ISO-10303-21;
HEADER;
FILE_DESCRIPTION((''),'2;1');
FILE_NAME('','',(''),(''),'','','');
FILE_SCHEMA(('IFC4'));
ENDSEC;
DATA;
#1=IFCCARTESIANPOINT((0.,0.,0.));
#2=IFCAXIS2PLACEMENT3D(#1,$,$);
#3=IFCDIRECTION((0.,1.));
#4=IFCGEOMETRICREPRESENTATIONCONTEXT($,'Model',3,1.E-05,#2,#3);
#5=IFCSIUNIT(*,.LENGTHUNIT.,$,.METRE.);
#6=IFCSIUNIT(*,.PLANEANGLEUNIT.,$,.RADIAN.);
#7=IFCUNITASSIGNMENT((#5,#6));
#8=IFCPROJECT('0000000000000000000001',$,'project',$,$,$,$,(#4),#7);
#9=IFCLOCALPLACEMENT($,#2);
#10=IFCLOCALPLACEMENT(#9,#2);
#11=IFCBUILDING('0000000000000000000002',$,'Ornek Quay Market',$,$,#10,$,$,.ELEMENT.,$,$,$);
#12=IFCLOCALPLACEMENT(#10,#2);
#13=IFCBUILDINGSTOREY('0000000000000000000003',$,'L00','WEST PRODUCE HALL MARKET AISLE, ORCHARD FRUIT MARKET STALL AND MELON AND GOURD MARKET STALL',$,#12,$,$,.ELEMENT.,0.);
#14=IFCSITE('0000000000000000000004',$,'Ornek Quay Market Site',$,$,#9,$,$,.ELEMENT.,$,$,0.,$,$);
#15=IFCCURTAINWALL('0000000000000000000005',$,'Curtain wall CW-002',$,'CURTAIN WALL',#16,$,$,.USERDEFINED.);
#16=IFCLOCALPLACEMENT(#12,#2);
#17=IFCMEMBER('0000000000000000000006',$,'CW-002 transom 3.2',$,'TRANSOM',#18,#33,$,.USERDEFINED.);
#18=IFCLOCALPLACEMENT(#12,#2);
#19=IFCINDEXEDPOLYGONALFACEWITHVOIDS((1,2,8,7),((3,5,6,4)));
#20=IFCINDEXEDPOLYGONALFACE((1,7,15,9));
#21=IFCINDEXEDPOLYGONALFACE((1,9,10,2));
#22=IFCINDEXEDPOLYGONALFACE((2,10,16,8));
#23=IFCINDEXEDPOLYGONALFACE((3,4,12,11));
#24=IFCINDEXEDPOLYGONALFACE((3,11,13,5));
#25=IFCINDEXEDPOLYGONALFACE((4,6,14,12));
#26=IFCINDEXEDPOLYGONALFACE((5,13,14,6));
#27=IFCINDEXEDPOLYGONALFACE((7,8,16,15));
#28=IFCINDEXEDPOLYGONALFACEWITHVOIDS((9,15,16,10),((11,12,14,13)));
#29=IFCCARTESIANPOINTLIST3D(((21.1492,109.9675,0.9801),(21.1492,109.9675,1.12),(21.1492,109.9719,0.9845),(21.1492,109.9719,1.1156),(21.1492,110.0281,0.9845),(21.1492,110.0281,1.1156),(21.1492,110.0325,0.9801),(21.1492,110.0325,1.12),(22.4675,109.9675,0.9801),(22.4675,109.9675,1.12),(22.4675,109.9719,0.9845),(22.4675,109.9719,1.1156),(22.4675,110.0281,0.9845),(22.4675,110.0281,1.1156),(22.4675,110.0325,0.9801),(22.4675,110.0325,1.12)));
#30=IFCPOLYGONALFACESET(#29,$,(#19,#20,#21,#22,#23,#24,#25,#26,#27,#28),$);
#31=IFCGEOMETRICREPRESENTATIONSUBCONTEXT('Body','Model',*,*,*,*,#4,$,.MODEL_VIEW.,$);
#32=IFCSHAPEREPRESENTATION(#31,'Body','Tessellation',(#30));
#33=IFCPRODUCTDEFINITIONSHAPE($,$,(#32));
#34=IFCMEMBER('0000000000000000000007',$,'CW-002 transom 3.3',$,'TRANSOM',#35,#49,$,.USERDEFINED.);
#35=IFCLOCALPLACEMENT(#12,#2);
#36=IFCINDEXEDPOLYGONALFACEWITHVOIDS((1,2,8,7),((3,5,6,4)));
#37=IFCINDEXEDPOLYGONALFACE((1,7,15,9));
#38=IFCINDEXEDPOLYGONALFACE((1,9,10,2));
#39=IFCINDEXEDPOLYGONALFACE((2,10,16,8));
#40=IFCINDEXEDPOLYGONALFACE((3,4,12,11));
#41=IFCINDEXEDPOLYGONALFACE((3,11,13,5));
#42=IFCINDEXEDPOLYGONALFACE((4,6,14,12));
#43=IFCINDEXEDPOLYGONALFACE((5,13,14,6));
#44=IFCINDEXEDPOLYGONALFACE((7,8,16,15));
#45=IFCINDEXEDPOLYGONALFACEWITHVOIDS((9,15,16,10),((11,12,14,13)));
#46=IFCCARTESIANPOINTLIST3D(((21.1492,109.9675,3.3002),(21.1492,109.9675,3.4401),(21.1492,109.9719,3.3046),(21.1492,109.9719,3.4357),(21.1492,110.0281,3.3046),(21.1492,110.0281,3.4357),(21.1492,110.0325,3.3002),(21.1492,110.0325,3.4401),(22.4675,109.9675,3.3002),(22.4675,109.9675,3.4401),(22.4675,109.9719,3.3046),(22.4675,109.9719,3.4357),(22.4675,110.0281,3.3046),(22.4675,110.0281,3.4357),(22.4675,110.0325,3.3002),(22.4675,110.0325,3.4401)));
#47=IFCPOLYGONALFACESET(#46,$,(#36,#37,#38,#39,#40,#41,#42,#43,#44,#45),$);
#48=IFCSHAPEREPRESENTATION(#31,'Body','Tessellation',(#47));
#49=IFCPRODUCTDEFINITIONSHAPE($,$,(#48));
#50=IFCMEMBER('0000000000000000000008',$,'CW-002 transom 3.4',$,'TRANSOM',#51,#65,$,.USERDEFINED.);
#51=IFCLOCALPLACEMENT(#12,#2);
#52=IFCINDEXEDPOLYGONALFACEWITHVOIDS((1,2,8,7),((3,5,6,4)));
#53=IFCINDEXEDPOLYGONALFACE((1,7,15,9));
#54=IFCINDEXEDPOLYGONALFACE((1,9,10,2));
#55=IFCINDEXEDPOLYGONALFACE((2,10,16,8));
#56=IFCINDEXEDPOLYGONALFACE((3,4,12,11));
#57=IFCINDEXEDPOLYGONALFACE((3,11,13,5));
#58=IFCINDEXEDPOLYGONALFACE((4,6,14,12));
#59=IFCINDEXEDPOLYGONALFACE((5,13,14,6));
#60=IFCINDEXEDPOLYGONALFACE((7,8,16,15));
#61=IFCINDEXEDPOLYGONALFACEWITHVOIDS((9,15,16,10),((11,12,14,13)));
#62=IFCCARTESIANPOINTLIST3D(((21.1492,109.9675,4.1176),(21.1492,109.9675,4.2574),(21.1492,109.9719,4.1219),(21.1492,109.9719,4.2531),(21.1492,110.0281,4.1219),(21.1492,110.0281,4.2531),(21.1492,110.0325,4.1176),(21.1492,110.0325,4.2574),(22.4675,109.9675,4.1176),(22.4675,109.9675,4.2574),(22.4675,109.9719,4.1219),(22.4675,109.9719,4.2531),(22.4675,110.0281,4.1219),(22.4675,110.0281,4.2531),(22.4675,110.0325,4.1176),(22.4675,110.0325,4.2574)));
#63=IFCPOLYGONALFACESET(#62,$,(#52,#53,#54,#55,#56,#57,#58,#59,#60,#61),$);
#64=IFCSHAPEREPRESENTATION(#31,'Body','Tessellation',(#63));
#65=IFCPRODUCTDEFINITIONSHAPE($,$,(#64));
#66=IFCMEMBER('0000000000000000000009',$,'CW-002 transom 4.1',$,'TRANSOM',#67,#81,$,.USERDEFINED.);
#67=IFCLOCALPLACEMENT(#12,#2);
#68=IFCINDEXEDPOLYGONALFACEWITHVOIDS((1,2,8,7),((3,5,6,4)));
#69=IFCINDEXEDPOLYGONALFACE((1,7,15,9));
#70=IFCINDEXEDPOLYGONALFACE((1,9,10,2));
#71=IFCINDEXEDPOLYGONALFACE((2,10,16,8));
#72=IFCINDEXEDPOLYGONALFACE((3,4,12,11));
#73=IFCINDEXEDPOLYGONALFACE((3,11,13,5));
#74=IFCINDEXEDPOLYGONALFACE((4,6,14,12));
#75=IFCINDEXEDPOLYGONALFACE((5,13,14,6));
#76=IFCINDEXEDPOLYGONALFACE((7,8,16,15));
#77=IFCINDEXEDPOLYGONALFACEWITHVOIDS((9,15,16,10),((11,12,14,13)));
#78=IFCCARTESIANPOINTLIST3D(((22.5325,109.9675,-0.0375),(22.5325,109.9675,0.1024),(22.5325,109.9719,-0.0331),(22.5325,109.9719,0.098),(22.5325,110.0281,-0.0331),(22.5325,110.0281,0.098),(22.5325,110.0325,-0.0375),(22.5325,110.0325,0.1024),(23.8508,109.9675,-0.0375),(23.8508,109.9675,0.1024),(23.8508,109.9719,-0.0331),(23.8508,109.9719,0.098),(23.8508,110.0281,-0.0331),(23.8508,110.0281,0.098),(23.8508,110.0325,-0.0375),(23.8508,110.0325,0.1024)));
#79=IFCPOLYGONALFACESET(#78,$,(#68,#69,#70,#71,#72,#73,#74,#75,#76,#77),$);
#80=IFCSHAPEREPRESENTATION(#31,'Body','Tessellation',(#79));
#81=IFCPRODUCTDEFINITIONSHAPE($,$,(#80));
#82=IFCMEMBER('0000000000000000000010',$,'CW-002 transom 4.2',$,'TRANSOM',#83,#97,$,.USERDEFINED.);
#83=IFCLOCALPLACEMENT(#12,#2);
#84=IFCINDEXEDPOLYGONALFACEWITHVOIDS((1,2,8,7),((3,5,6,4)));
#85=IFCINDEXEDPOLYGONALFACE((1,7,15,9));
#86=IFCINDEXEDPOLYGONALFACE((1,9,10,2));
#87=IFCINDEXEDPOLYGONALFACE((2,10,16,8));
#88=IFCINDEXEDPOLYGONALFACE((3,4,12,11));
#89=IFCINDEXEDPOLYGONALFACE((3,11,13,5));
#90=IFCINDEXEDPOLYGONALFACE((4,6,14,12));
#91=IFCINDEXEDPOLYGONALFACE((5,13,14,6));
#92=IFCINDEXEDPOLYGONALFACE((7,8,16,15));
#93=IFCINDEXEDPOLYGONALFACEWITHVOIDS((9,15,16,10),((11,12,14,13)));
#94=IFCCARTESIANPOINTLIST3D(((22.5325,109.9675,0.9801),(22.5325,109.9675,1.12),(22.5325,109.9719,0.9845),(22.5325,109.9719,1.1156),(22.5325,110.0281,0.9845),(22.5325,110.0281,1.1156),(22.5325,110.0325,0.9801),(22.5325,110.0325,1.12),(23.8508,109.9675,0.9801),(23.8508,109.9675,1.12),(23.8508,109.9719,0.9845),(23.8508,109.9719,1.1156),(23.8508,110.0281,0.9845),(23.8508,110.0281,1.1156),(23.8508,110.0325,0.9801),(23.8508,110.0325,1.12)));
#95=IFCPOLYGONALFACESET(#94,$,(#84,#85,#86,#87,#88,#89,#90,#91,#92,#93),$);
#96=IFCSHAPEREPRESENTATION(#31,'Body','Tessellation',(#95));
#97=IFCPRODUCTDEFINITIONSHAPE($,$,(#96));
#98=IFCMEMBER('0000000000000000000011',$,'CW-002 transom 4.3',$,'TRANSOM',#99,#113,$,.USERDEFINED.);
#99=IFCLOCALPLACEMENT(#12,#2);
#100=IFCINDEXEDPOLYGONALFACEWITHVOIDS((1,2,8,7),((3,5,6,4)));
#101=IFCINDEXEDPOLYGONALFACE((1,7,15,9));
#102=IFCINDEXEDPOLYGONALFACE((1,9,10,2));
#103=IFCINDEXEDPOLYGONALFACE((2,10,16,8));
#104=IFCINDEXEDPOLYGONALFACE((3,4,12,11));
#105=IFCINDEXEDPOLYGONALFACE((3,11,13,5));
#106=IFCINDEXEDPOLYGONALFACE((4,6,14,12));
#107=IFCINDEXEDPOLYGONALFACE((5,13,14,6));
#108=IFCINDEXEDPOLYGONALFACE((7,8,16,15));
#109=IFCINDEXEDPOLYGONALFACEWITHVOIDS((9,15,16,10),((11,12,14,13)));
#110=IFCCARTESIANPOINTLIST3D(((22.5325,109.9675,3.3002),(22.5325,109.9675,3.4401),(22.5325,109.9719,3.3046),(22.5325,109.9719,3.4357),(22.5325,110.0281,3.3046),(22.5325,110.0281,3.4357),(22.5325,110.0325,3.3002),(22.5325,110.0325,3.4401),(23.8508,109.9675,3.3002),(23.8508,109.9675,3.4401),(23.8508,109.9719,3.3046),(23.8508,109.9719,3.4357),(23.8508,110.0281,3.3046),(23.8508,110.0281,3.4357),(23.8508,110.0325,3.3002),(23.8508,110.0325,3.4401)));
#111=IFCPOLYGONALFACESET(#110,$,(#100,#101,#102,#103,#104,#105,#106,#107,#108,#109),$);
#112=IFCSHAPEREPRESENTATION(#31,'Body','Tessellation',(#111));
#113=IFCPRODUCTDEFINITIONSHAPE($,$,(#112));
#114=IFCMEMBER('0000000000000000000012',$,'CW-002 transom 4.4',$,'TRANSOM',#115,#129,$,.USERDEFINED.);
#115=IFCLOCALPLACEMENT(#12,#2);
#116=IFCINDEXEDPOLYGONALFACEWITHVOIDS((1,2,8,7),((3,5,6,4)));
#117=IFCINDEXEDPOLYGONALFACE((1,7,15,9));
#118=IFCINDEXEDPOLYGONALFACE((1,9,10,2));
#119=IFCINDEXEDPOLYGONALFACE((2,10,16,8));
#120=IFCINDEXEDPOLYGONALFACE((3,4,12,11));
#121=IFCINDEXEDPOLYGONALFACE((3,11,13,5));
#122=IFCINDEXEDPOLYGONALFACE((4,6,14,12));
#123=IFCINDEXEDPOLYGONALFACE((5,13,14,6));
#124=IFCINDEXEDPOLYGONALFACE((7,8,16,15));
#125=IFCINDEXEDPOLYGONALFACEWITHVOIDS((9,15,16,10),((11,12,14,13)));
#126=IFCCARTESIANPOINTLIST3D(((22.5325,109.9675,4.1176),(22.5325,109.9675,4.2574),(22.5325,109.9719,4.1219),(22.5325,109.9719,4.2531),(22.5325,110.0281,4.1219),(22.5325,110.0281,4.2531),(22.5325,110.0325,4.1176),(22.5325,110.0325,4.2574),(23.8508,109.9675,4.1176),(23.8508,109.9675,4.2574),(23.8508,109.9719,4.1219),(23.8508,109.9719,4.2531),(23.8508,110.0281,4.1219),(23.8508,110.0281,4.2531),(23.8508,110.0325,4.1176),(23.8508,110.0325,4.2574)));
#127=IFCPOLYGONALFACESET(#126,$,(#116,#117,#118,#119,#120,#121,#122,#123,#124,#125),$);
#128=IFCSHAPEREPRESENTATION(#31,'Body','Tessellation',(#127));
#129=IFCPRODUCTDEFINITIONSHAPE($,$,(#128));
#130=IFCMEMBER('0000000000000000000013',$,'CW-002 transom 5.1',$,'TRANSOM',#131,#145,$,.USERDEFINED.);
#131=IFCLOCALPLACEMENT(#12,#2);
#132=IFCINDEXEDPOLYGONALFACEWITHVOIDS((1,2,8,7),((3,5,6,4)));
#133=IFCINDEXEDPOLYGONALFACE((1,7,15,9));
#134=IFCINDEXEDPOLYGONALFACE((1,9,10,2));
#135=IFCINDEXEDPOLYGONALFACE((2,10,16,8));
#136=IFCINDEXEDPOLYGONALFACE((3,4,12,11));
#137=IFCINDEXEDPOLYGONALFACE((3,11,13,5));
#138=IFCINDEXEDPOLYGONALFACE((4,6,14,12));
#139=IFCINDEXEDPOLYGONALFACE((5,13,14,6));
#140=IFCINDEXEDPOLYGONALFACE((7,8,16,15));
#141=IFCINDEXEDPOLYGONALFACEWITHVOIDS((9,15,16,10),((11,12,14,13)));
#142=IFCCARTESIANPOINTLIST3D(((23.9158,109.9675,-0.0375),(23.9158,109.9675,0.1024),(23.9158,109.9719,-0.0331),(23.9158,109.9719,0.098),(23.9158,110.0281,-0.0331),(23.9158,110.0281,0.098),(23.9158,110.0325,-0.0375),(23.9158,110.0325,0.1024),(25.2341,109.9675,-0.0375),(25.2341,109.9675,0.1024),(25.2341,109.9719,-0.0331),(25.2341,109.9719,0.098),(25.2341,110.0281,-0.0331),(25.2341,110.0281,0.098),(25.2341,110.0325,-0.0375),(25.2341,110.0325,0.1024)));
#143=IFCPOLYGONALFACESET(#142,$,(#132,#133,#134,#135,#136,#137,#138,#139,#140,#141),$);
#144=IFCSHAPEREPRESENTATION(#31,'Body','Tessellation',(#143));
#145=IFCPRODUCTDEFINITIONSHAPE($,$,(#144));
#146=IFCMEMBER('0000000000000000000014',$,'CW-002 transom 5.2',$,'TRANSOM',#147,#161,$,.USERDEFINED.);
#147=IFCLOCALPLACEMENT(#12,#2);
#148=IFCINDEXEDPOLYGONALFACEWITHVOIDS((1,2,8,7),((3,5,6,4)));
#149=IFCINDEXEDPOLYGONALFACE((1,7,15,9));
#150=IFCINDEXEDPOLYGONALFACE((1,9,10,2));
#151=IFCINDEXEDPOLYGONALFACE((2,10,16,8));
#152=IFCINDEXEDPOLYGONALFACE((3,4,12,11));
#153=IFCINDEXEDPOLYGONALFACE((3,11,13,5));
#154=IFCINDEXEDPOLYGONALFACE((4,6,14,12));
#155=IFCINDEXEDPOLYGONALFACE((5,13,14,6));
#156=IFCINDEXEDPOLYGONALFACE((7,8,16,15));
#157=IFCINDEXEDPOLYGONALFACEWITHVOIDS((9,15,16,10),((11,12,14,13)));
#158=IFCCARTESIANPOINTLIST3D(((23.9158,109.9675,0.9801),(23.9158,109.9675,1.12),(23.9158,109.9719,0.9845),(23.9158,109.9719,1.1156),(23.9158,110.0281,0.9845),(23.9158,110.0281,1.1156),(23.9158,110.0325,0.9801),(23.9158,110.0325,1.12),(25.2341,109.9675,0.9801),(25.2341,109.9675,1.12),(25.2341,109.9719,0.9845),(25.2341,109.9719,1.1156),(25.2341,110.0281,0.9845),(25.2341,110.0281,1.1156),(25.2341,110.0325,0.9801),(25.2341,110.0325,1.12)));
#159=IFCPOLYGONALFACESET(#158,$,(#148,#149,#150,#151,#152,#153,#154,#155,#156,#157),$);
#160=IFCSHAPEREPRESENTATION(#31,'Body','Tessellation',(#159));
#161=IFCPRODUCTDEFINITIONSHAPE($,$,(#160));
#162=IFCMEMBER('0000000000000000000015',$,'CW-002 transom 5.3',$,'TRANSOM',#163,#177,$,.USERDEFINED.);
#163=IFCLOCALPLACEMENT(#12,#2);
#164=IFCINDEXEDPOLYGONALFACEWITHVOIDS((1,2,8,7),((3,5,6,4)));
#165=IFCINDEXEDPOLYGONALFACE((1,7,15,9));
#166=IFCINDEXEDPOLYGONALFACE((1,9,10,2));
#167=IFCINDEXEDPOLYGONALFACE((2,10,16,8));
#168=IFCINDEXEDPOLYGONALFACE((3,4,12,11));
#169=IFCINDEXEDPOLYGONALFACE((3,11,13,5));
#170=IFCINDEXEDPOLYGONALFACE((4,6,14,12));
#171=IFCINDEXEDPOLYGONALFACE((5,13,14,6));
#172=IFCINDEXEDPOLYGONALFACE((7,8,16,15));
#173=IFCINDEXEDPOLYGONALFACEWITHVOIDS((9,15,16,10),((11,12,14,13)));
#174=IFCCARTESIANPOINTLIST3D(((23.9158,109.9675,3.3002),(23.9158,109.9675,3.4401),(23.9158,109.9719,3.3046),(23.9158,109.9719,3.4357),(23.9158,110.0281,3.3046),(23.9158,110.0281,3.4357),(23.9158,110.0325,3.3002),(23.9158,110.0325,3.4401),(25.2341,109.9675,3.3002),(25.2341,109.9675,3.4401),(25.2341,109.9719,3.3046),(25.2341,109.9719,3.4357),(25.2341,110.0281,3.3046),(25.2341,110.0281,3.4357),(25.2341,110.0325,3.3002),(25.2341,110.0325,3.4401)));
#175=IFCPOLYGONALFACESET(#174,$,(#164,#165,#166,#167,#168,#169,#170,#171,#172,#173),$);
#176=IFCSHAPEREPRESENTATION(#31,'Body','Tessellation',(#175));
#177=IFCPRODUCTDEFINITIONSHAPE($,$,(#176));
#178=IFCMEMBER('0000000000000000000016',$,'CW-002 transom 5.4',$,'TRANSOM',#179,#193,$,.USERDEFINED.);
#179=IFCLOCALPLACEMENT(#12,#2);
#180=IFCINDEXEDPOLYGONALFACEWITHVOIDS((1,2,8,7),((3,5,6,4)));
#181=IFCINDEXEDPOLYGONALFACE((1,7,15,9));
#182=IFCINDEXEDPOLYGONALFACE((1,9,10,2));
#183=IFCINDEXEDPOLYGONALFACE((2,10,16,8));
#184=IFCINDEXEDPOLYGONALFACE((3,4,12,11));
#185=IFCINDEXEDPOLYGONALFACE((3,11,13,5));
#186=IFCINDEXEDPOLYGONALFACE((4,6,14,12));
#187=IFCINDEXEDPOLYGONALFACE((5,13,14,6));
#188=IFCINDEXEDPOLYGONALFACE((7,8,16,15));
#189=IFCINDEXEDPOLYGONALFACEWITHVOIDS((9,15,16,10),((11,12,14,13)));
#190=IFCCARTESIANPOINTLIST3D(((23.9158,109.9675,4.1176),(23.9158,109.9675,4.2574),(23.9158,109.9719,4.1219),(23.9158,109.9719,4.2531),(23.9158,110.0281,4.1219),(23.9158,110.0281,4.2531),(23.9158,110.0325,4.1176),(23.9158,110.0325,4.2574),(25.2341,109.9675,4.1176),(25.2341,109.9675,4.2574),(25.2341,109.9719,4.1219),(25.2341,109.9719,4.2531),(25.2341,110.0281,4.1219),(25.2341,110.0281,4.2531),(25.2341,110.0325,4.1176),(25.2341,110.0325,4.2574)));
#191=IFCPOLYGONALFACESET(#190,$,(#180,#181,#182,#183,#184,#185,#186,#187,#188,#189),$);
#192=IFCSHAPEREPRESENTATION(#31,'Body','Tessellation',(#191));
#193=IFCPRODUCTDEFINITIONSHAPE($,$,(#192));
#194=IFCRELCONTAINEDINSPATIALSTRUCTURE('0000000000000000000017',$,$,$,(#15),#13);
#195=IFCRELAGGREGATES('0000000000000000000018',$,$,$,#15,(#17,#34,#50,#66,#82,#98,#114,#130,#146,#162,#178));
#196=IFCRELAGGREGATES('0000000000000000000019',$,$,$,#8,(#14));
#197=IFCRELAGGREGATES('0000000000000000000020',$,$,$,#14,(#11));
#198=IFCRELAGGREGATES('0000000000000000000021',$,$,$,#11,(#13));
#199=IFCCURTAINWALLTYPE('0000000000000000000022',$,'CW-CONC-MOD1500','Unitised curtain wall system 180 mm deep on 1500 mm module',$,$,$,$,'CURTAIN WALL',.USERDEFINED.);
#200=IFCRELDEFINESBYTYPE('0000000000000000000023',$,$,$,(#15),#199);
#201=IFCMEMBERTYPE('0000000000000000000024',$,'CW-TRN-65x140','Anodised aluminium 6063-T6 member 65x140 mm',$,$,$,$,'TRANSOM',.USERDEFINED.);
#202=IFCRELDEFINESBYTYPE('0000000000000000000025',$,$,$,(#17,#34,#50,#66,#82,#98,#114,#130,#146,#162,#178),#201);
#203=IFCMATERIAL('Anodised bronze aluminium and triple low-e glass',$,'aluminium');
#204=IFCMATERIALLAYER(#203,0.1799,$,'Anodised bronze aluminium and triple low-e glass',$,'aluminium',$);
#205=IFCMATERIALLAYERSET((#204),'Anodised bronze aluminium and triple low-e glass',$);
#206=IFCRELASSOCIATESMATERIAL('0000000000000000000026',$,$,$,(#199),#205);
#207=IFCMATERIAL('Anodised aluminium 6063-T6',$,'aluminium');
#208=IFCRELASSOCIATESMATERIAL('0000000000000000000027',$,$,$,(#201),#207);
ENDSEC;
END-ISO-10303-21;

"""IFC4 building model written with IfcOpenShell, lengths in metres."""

from ifc_helpers import new_model, si_unit, direction, frame, origin, origin_2d, place, context, subcontext, project, spatial, hollow_rectangle, extrude, material, layer, layer_set, material_profile, profile_set, type_object, element, aggregate, save


model = new_model("IFC4")

# Units and contexts
model_context = context("Model", 3, precision=1e-05, world=origin(), true_north=direction((0.0, 1.0)))
body_context = subcontext(model_context, "Body", "Model", "MODEL_VIEW")
ifc_project = project(units=[si_unit("LENGTHUNIT", "METRE"), si_unit("PLANEANGLEUNIT", "RADIAN")], contexts=[model_context])

# Site, building, storey
site_placement = place(None, origin())
site = spatial("IfcSite", under=ifc_project, at=site_placement, Name="Ornek Quay Market Site", CompositionType="ELEMENT", RefElevation=0.0)
building_placement = place(site_placement, origin())
building = spatial("IfcBuilding", under=site, at=building_placement, Name="Ornek Quay Market", CompositionType="ELEMENT")
storey_placement = place(building_placement, origin())
storey = spatial("IfcBuildingStorey", under=building, at=storey_placement, Name="L00", Description="WEST PRODUCE HALL MARKET AISLE, ORCHARD FRUIT MARKET STALL AND MELON AND GOURD MARKET STALL", CompositionType="ELEMENT", Elevation=0.0)

# Curtain wall, members
ifc_material_1 = material(Name="Anodised bronze aluminium and triple low-e glass", Category="aluminium")
ifc_layer_1 = layer(ifc_material_1, 0.1799, Name="Anodised bronze aluminium and triple low-e glass", Category="aluminium")
ifc_layer_set_1 = layer_set([ifc_layer_1], Name="Anodised bronze aluminium and triple low-e glass")
curtain_wall_type = type_object("IfcCurtainWallType", Name="CW-CONC-MOD1500", Description="Unitised curtain wall system 180 mm deep on 1500 mm module", ElementType="CURTAIN WALL", PredefinedType="USERDEFINED", material=ifc_layer_set_1)
curtain_wall_placement = place(storey_placement, origin())
curtain_wall = element("IfcCurtainWall", 1, at=curtain_wall_placement, inside=storey, type_object=curtain_wall_type, Name="Curtain wall CW-002", ObjectType="CURTAIN WALL", PredefinedType="USERDEFINED")
ifc_material_2 = material(Name="Anodised aluminium 6063-T6", Category="aluminium")
ifc_material_profile_1 = material_profile(ifc_material_2, hollow_rectangle(XDim=0.0649, YDim=0.1399, WallThickness=0.0044, at=origin_2d()), Name="CW-TRN-65x140", Category="aluminium")
ifc_profile_set_1 = profile_set([ifc_material_profile_1], Name="Anodised aluminium 6063-T6")
member_type_1 = type_object("IfcMemberType", Name="CW-TRN-65x140", Description="Anodised aluminium 6063-T6 member 65x140 mm", ElementType="TRANSOM", PredefinedType="USERDEFINED", material=ifc_profile_set_1)
member_1_placement = place(storey_placement, frame((21.1492, 110.0, 1.05), z_axis=(1.0, 0.0, 0.0), x_axis=(0.0, 1.0, 0.0)))
member_1 = element("IfcMember", 2, at=member_1_placement, type_object=member_type_1, Name="CW-002 transom 3.2", ObjectType="TRANSOM", PredefinedType="USERDEFINED", context=body_context, shape_type="SweptSolid", body=[
    extrude(hollow_rectangle(XDim=0.0649, YDim=0.1399, WallThickness=0.0044, at=origin_2d()), origin(), (0.0, 0.0, 1.0), 1.3184),
])
member_2_placement = place(storey_placement, frame((21.1492, 110.0, 3.3701), z_axis=(1.0, 0.0, 0.0), x_axis=(0.0, 1.0, 0.0)))
member_2 = element("IfcMember", 3, at=member_2_placement, type_object=member_type_1, Name="CW-002 transom 3.3", ObjectType="TRANSOM", PredefinedType="USERDEFINED", context=body_context, shape_type="SweptSolid", body=[
    extrude(hollow_rectangle(XDim=0.0649, YDim=0.1399, WallThickness=0.0044, at=origin_2d()), origin(), (0.0, 0.0, 1.0), 1.3184),
])
member_3_placement = place(storey_placement, frame((21.1492, 110.0, 4.1875), z_axis=(1.0, 0.0, 0.0), x_axis=(0.0, 1.0, 0.0)))
member_3 = element("IfcMember", 4, at=member_3_placement, type_object=member_type_1, Name="CW-002 transom 3.4", ObjectType="TRANSOM", PredefinedType="USERDEFINED", context=body_context, shape_type="SweptSolid", body=[
    extrude(hollow_rectangle(XDim=0.0649, YDim=0.1399, WallThickness=0.0044, at=origin_2d()), origin(), (0.0, 0.0, 1.0), 1.3184),
])
member_4_placement = place(storey_placement, frame((22.5325, 110.0, 0.0325), z_axis=(1.0, 0.0, 0.0), x_axis=(0.0, 1.0, 0.0)))
member_4 = element("IfcMember", 5, at=member_4_placement, type_object=member_type_1, Name="CW-002 transom 4.1", ObjectType="TRANSOM", PredefinedType="USERDEFINED", context=body_context, shape_type="SweptSolid", body=[
    extrude(hollow_rectangle(XDim=0.0649, YDim=0.1399, WallThickness=0.0044, at=origin_2d()), origin(), (0.0, 0.0, 1.0), 1.3184),
])
member_5_placement = place(storey_placement, frame((22.5325, 110.0, 1.05), z_axis=(1.0, 0.0, 0.0), x_axis=(0.0, 1.0, 0.0)))
member_5 = element("IfcMember", 6, at=member_5_placement, type_object=member_type_1, Name="CW-002 transom 4.2", ObjectType="TRANSOM", PredefinedType="USERDEFINED", context=body_context, shape_type="SweptSolid", body=[
    extrude(hollow_rectangle(XDim=0.0649, YDim=0.1399, WallThickness=0.0044, at=origin_2d()), origin(), (0.0, 0.0, 1.0), 1.3184),
])
member_6_placement = place(storey_placement, frame((22.5325, 110.0, 3.3701), z_axis=(1.0, 0.0, 0.0), x_axis=(0.0, 1.0, 0.0)))
member_6 = element("IfcMember", 7, at=member_6_placement, type_object=member_type_1, Name="CW-002 transom 4.3", ObjectType="TRANSOM", PredefinedType="USERDEFINED", context=body_context, shape_type="SweptSolid", body=[
    extrude(hollow_rectangle(XDim=0.0649, YDim=0.1399, WallThickness=0.0044, at=origin_2d()), origin(), (0.0, 0.0, 1.0), 1.3184),
])
member_7_placement = place(storey_placement, frame((22.5325, 110.0, 4.1875), z_axis=(1.0, 0.0, 0.0), x_axis=(0.0, 1.0, 0.0)))
member_7 = element("IfcMember", 8, at=member_7_placement, type_object=member_type_1, Name="CW-002 transom 4.4", ObjectType="TRANSOM", PredefinedType="USERDEFINED", context=body_context, shape_type="SweptSolid", body=[
    extrude(hollow_rectangle(XDim=0.0649, YDim=0.1399, WallThickness=0.0044, at=origin_2d()), origin(), (0.0, 0.0, 1.0), 1.3184),
])
member_8_placement = place(storey_placement, frame((23.9158, 110.0, 0.0325), z_axis=(1.0, 0.0, 0.0), x_axis=(0.0, 1.0, 0.0)))
member_8 = element("IfcMember", 9, at=member_8_placement, type_object=member_type_1, Name="CW-002 transom 5.1", ObjectType="TRANSOM", PredefinedType="USERDEFINED", context=body_context, shape_type="SweptSolid", body=[
    extrude(hollow_rectangle(XDim=0.0649, YDim=0.1399, WallThickness=0.0044, at=origin_2d()), origin(), (0.0, 0.0, 1.0), 1.3184),
])
member_9_placement = place(storey_placement, frame((23.9158, 110.0, 1.05), z_axis=(1.0, 0.0, 0.0), x_axis=(0.0, 1.0, 0.0)))
member_9 = element("IfcMember", 10, at=member_9_placement, type_object=member_type_1, Name="CW-002 transom 5.2", ObjectType="TRANSOM", PredefinedType="USERDEFINED", context=body_context, shape_type="SweptSolid", body=[
    extrude(hollow_rectangle(XDim=0.0649, YDim=0.1399, WallThickness=0.0044, at=origin_2d()), origin(), (0.0, 0.0, 1.0), 1.3184),
])
member_10_placement = place(storey_placement, frame((23.9158, 110.0, 3.3701), z_axis=(1.0, 0.0, 0.0), x_axis=(0.0, 1.0, 0.0)))
member_10 = element("IfcMember", 11, at=member_10_placement, type_object=member_type_1, Name="CW-002 transom 5.3", ObjectType="TRANSOM", PredefinedType="USERDEFINED", context=body_context, shape_type="SweptSolid", body=[
    extrude(hollow_rectangle(XDim=0.0649, YDim=0.1399, WallThickness=0.0044, at=origin_2d()), origin(), (0.0, 0.0, 1.0), 1.3184),
])
member_11_placement = place(storey_placement, frame((23.9158, 110.0, 4.1875), z_axis=(1.0, 0.0, 0.0), x_axis=(0.0, 1.0, 0.0)))
member_11 = element("IfcMember", 12, at=member_11_placement, type_object=member_type_1, Name="CW-002 transom 5.4", ObjectType="TRANSOM", PredefinedType="USERDEFINED", context=body_context, shape_type="SweptSolid", body=[
    extrude(hollow_rectangle(XDim=0.0649, YDim=0.1399, WallThickness=0.0044, at=origin_2d()), origin(), (0.0, 0.0, 1.0), 1.3184),
])
aggregate(curtain_wall, [member_1, member_2, member_3, member_4, member_5, member_6, member_7, member_8, member_9, member_10, member_11])

save(model, "model.ifc")
